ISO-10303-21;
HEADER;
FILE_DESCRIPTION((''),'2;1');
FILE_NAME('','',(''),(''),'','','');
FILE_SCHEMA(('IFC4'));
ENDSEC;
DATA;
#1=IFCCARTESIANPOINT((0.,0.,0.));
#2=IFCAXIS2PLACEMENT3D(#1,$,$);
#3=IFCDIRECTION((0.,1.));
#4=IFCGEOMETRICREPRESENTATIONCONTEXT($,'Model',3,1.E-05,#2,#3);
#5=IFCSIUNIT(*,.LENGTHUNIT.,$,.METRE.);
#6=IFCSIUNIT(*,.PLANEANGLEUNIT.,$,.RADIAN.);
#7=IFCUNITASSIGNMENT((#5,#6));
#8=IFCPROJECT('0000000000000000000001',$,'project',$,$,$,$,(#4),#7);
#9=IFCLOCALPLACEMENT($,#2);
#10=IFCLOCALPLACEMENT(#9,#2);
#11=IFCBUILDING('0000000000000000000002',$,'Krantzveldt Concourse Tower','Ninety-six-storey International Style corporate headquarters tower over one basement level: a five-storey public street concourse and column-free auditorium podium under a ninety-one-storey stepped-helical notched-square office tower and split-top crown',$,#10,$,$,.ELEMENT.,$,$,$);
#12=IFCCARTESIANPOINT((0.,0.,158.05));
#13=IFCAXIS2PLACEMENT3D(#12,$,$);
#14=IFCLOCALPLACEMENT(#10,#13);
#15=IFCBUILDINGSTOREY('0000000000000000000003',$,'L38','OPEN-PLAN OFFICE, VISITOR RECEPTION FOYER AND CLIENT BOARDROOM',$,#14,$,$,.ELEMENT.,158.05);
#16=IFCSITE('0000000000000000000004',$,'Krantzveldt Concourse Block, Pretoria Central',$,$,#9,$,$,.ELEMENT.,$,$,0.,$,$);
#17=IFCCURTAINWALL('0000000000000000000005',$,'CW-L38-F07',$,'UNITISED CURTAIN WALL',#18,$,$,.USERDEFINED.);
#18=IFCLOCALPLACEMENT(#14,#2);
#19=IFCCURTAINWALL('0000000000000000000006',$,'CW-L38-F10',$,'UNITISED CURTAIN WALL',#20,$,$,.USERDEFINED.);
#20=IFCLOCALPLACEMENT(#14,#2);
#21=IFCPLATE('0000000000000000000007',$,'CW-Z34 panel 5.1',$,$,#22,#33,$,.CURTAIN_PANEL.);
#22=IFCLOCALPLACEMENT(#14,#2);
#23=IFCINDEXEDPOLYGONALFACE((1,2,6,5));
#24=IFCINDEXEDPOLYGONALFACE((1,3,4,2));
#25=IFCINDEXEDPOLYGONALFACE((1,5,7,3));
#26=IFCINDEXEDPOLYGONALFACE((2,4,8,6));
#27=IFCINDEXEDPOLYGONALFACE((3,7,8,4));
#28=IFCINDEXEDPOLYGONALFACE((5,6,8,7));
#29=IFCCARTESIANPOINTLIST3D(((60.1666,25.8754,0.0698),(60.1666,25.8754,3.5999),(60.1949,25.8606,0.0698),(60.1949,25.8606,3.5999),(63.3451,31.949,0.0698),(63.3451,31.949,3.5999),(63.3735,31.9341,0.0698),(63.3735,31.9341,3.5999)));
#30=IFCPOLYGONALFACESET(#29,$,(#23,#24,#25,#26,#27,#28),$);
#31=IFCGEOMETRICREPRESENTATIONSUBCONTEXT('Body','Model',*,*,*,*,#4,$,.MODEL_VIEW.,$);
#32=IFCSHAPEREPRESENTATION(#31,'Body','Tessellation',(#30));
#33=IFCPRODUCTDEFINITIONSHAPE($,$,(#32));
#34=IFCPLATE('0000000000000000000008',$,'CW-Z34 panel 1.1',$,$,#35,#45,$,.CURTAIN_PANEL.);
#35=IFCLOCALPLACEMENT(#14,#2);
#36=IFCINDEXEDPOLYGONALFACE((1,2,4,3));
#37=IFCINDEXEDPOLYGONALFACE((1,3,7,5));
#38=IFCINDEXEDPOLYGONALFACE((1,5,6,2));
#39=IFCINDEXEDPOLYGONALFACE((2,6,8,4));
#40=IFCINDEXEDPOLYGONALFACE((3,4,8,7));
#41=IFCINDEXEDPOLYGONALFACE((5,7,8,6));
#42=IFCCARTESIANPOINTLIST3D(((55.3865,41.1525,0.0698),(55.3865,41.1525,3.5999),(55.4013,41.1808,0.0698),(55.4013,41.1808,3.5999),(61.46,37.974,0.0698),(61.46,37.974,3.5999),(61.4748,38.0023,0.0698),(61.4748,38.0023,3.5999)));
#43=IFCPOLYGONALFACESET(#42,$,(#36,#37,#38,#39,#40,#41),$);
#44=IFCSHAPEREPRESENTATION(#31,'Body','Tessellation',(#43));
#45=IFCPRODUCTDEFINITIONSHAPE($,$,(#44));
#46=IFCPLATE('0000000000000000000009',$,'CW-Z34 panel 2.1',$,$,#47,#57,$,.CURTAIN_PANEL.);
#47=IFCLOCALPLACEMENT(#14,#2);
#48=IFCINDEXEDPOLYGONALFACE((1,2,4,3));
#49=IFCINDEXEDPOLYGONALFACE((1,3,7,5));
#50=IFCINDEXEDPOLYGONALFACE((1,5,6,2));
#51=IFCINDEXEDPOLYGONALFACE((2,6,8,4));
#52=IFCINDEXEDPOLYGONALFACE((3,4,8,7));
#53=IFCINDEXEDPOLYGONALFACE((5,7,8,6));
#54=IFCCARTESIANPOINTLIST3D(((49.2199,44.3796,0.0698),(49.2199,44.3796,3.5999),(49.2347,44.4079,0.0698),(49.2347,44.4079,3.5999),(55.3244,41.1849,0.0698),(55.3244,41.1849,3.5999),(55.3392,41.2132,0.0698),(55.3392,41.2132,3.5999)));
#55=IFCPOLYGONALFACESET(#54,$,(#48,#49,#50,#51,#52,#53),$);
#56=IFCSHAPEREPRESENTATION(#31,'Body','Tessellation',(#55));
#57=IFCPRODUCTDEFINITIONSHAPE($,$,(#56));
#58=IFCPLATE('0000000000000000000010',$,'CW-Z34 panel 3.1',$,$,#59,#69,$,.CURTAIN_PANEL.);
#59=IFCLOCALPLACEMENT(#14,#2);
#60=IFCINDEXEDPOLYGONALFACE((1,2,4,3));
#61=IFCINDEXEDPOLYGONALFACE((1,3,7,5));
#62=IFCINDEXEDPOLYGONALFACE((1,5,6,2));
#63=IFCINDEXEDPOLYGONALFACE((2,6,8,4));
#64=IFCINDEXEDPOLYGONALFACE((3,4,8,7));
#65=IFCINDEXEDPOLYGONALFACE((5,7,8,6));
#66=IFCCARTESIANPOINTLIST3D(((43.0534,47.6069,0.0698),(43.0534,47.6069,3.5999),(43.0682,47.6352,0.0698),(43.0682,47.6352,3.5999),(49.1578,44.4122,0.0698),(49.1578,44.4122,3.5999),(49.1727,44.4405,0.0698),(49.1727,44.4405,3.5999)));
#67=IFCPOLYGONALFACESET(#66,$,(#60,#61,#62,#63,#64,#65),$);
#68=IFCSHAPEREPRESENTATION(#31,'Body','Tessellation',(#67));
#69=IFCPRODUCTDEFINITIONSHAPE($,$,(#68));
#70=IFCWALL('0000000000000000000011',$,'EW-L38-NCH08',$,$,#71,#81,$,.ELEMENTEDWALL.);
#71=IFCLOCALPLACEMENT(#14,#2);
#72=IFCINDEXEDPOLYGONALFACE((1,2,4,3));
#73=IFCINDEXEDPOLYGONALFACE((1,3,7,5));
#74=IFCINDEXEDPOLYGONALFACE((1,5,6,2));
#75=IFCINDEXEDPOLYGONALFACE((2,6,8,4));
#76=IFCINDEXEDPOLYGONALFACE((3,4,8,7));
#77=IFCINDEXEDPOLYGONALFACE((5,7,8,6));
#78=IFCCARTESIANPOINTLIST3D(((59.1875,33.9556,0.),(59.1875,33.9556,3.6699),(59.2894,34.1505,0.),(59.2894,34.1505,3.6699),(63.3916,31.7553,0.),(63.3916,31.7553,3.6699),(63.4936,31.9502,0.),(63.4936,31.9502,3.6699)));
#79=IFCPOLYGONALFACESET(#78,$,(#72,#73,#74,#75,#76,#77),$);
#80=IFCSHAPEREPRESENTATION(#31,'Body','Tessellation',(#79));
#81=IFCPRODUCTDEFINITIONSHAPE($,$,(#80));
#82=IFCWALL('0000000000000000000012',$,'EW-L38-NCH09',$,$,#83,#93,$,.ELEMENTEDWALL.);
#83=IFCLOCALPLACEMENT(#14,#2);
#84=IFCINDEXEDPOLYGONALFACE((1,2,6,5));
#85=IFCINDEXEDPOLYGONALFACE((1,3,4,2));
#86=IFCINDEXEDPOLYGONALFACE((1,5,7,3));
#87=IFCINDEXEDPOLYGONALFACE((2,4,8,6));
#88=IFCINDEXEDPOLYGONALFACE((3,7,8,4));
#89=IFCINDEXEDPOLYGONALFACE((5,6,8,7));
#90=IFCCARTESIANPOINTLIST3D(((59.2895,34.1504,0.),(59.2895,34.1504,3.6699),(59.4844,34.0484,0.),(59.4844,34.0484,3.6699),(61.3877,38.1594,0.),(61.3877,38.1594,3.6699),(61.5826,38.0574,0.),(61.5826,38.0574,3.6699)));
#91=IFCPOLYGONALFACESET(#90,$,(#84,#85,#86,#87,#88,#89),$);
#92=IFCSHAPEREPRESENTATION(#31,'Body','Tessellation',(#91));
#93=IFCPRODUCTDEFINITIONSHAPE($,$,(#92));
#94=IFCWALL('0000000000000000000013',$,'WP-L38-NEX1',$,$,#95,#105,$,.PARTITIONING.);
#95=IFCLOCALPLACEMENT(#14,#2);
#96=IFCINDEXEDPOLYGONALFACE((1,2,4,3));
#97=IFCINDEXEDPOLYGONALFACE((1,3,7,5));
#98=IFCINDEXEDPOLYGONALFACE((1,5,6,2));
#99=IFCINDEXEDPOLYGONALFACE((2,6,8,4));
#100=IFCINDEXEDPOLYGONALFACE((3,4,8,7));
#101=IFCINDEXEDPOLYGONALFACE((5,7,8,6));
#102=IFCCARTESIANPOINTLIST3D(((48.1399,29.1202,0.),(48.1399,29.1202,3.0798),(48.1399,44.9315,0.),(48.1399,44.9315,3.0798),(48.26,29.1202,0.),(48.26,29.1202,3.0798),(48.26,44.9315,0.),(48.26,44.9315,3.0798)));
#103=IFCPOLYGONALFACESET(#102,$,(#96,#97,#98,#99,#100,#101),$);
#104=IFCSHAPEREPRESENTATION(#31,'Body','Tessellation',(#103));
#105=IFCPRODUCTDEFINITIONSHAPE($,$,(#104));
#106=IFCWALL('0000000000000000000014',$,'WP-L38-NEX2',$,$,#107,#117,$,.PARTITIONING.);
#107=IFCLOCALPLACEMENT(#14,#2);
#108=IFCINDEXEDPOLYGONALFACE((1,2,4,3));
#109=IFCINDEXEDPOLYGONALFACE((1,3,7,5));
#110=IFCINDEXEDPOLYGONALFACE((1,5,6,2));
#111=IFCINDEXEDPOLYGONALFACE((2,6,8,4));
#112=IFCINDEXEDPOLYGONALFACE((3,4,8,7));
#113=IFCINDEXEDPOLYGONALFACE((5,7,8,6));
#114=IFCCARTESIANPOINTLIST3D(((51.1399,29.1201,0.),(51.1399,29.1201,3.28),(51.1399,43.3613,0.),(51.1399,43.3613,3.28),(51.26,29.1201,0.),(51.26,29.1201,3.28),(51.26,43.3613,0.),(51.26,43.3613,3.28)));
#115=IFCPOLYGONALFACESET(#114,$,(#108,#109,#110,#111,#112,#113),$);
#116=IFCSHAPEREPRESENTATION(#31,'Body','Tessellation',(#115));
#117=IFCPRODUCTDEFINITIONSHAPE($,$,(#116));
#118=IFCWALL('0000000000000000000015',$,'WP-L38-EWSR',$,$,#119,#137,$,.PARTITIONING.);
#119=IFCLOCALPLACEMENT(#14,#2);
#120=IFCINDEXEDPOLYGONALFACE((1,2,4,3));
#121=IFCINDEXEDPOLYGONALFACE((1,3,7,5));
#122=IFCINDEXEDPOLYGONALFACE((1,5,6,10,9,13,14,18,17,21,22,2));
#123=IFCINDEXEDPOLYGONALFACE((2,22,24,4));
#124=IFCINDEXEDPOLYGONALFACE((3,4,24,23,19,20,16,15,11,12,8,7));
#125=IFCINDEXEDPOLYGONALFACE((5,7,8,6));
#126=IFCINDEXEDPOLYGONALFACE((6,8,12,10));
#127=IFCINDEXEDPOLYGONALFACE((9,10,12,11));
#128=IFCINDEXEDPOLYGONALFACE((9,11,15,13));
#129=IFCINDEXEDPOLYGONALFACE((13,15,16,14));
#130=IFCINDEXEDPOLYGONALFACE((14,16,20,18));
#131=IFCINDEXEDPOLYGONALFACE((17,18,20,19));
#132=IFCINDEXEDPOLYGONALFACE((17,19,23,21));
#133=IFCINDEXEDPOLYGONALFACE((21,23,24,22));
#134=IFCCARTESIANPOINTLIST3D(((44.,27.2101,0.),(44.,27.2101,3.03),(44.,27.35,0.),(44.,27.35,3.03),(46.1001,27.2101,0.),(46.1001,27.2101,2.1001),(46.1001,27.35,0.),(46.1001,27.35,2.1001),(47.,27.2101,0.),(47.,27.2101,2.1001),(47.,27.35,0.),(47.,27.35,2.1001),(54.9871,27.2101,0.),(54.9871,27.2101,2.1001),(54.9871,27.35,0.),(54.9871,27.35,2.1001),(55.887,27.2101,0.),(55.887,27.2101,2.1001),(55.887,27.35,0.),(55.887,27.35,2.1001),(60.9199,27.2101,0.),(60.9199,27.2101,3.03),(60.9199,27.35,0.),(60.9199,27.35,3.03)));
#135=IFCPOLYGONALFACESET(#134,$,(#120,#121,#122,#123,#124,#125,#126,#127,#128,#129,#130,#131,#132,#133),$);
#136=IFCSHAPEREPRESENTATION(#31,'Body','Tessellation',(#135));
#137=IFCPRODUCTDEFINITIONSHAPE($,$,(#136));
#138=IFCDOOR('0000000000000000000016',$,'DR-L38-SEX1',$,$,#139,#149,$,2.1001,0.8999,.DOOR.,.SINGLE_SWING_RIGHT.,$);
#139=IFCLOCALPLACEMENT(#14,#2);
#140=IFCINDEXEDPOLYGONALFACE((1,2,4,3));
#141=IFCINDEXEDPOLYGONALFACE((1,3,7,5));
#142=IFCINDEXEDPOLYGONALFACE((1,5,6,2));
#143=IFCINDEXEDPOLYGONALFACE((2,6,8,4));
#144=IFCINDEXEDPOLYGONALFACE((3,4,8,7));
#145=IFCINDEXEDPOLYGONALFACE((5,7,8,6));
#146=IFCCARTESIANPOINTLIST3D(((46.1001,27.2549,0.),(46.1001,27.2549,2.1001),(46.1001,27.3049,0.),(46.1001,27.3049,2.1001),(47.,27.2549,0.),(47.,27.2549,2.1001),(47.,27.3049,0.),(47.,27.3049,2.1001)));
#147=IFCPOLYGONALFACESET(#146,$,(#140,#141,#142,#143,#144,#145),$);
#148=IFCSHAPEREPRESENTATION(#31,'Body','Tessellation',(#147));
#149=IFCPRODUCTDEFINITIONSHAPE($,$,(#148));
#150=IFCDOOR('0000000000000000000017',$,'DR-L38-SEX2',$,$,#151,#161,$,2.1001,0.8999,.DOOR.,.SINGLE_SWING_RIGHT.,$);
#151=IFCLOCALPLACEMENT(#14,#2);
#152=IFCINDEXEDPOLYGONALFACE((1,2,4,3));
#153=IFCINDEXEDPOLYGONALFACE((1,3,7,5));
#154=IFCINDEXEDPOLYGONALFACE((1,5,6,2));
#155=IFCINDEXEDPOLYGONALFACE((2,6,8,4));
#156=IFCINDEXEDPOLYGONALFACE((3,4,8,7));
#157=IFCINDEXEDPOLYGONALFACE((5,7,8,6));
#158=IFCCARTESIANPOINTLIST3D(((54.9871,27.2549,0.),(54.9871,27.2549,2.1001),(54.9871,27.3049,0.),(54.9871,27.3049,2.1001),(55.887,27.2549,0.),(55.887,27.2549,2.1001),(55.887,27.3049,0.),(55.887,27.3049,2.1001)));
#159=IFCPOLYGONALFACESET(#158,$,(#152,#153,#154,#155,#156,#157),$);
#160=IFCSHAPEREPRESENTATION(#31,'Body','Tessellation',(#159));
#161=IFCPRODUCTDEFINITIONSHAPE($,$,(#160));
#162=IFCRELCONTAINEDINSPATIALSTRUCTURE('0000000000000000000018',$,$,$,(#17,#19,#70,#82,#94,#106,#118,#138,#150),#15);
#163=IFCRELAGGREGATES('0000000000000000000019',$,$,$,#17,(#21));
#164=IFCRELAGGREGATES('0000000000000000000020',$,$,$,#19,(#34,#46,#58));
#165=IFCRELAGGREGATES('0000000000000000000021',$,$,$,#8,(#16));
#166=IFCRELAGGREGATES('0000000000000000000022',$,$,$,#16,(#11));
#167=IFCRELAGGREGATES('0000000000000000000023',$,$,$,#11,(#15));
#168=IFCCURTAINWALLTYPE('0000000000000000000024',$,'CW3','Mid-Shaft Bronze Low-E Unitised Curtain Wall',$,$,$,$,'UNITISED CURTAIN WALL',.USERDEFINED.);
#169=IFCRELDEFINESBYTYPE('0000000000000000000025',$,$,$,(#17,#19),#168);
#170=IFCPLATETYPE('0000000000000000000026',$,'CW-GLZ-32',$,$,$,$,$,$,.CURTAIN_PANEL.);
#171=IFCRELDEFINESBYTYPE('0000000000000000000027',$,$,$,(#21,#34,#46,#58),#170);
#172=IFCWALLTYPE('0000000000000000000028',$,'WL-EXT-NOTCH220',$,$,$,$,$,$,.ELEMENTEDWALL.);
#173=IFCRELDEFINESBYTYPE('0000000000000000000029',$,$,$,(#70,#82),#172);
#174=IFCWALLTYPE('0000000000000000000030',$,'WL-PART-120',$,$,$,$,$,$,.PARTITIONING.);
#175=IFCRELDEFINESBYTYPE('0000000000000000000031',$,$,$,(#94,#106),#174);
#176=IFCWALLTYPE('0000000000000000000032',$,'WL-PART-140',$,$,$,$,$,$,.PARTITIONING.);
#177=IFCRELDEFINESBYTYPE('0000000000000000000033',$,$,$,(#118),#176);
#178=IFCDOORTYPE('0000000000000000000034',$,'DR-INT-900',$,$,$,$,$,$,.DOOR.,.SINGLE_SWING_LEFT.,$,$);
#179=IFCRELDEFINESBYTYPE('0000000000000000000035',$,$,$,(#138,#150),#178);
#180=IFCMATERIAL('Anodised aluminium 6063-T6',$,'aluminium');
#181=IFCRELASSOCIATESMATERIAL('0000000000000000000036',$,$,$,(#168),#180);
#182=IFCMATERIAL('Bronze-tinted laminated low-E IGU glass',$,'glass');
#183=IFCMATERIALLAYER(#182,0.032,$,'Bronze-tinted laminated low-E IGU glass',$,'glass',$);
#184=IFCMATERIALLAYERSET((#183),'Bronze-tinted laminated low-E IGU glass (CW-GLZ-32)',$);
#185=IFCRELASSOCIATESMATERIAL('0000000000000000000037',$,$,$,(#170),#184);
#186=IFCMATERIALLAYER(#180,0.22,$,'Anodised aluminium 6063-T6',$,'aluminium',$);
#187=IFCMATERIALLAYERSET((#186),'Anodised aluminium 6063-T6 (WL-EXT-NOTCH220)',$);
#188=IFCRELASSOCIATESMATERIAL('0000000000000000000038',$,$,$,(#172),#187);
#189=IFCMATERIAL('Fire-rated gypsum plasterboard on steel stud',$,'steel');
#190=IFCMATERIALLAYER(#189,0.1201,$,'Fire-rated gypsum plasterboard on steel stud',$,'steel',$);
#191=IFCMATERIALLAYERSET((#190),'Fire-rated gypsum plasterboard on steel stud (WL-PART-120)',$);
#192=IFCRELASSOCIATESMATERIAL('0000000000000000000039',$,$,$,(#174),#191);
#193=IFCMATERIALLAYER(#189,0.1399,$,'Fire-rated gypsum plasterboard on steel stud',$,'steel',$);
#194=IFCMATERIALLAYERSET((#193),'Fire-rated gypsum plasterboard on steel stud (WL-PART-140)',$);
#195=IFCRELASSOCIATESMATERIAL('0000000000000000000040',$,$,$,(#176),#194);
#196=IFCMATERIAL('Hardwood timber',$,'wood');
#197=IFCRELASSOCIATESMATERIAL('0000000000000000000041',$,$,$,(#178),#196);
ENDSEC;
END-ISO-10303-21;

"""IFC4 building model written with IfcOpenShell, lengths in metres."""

from ifc_helpers import new_model, si_unit, direction, frame, frame_2d, origin, origin_2d, place, context, subcontext, project, spatial, rectangle, extrude, source, transform, mapped, material, layer, layer_set, type_object, type_shapes, element, fill, aggregate, save


model = new_model("IFC4")

# Units and contexts
model_context = context("Model", 3, precision=1e-05, world=origin(), true_north=direction((0.0, 1.0)))
body_context = subcontext(model_context, "Body", "Model", "MODEL_VIEW")
ifc_project = project(units=[si_unit("LENGTHUNIT", "METRE"), si_unit("PLANEANGLEUNIT", "RADIAN")], contexts=[model_context])

# Site, building, storey
site_placement = place(None, origin())
site = spatial("IfcSite", under=ifc_project, at=site_placement, Name="Krantzveldt Concourse Block, Pretoria Central", CompositionType="ELEMENT", RefElevation=0.0)
building_placement = place(site_placement, origin())
building = spatial("IfcBuilding", under=site, at=building_placement, Name="Krantzveldt Concourse Tower", Description="Ninety-six-storey International Style corporate headquarters tower over one basement level: a five-storey public street concourse and column-free auditorium podium under a ninety-one-storey stepped-helical notched-square office tower and split-top crown", CompositionType="ELEMENT")
storey_placement = place(building_placement, frame((0.0, 0.0, 158.05)))
storey = spatial("IfcBuildingStorey", under=building, at=storey_placement, Name="L38", Description="OPEN-PLAN OFFICE, VISITOR RECEPTION FOYER AND CLIENT BOARDROOM", CompositionType="ELEMENT", Elevation=158.05)

# Curtain wall
ifc_material_1 = material(Name="Anodised aluminium 6063-T6", Category="aluminium")
curtain_wall_type = type_object("IfcCurtainWallType", Name="CW3", Description="Mid-Shaft Bronze Low-E Unitised Curtain Wall", ElementType="UNITISED CURTAIN WALL", PredefinedType="USERDEFINED", material=ifc_material_1)
curtain_wall_1_placement = place(storey_placement, origin())
curtain_wall_1 = element("IfcCurtainWall", 1, at=curtain_wall_1_placement, inside=storey, type_object=curtain_wall_type, Name="CW-L38-F07", ObjectType="UNITISED CURTAIN WALL", PredefinedType="USERDEFINED")

# Curtain wall
curtain_wall_2_placement = place(storey_placement, origin())
curtain_wall_2 = element("IfcCurtainWall", 2, at=curtain_wall_2_placement, inside=storey, type_object=curtain_wall_type, Name="CW-L38-F10", ObjectType="UNITISED CURTAIN WALL", PredefinedType="USERDEFINED")

# Plates
ifc_material_2 = material(Name="Bronze-tinted laminated low-E IGU glass", Category="glass")
ifc_layer_1 = layer(ifc_material_2, 0.032, Name="Bronze-tinted laminated low-E IGU glass", Category="glass")
ifc_layer_set_1 = layer_set([ifc_layer_1], Name="Bronze-tinted laminated low-E IGU glass (CW-GLZ-32)")
plate_type = type_object("IfcPlateType", Name="CW-GLZ-32", PredefinedType="CURTAIN_PANEL", material=ifc_layer_set_1)
shared_shape_1 = source(origin(), body_context, "Body", "SweptSolid", [
    extrude(rectangle(XDim=6.855, YDim=0.032, at=origin_2d()), origin(), (0.0, 0.0, 1.0), 3.53),
])
plate_1_placement = place(storey_placement, frame((61.77, 28.9048, 0.0698), z_axis=(0.0, 0.0, 1.0), x_axis=(0.463683, 0.886001, 0.0)))
plate_1 = element("IfcPlate", 3, at=plate_1_placement, type_object=plate_type, Name="CW-Z34 panel 5.1", PredefinedType="CURTAIN_PANEL", context=body_context, shape_type="MappedRepresentation", body=[
    mapped(shared_shape_1, transform((0.0, 0.0, 0.0), x_axis=(1.0, 0.0, 0.0), y_axis=(0.0, 1.0, 0.0), z_axis=(0.0, 0.0, 1.0), scale=1.0)),
])
aggregate(curtain_wall_1, [plate_1])
plate_2_placement = place(storey_placement, frame((58.4307, 39.5774, 0.0698), z_axis=(0.0, 0.0, 1.0), x_axis=(-0.886001, 0.463683, 0.0)))
plate_2 = element("IfcPlate", 4, at=plate_2_placement, type_object=plate_type, Name="CW-Z34 panel 1.1", PredefinedType="CURTAIN_PANEL", context=body_context, shape_type="MappedRepresentation", body=[
    mapped(shared_shape_1, transform((0.0, 0.0, 0.0), x_axis=(1.0, 0.0, 0.0), y_axis=(0.0, 1.0, 0.0), z_axis=(0.0, 0.0, 1.0), scale=1.0)),
])
shared_shape_2 = source(origin(), body_context, "Body", "SweptSolid", [
    extrude(rectangle(XDim=6.8899, YDim=0.032, at=origin_2d()), origin(), (0.0, 0.0, 1.0), 3.53),
])
type_shapes(plate_type, [shared_shape_1, shared_shape_2])
plate_3_placement = place(storey_placement, frame((52.2795, 42.7964, 0.0698), z_axis=(0.0, 0.0, 1.0), x_axis=(-0.886001, 0.463683, 0.0)))
plate_3 = element("IfcPlate", 5, at=plate_3_placement, type_object=plate_type, Name="CW-Z34 panel 2.1", PredefinedType="CURTAIN_PANEL", context=body_context, shape_type="MappedRepresentation", body=[
    mapped(shared_shape_2, transform((0.0, 0.0, 0.0), x_axis=(1.0, 0.0, 0.0), y_axis=(0.0, 1.0, 0.0), z_axis=(0.0, 0.0, 1.0), scale=1.0)),
])
plate_4_placement = place(storey_placement, frame((46.113, 46.0237, 0.0698), z_axis=(0.0, 0.0, 1.0), x_axis=(-0.886001, 0.463683, 0.0)))
plate_4 = element("IfcPlate", 6, at=plate_4_placement, type_object=plate_type, Name="CW-Z34 panel 3.1", PredefinedType="CURTAIN_PANEL", context=body_context, shape_type="MappedRepresentation", body=[
    mapped(shared_shape_2, transform((0.0, 0.0, 0.0), x_axis=(1.0, 0.0, 0.0), y_axis=(0.0, 1.0, 0.0), z_axis=(0.0, 0.0, 1.0), scale=1.0)),
])
aggregate(curtain_wall_2, [plate_2, plate_3, plate_4])

# Walls
ifc_layer_2 = layer(ifc_material_1, 0.22, Name="Anodised aluminium 6063-T6", Category="aluminium")
ifc_layer_set_2 = layer_set([ifc_layer_2], Name="Anodised aluminium 6063-T6 (WL-EXT-NOTCH220)")
wall_type_1 = type_object("IfcWallType", Name="WL-EXT-NOTCH220", PredefinedType="ELEMENTEDWALL", material=ifc_layer_set_2)
wall_1_placement = place(storey_placement, frame((63.4426, 31.8528, 0.0), z_axis=(0.0, 0.0, 1.0), x_axis=(-0.886001, 0.463684, 0.0)))
element("IfcWall", 7, at=wall_1_placement, inside=storey, type_object=wall_type_1, Name="EW-L38-NCH08", PredefinedType="ELEMENTEDWALL", context=body_context, shape_type="SweptSolid", body=[
    extrude(rectangle(XDim=4.7451, YDim=0.22, at=frame_2d((2.3726, 0.0))), origin(), (0.0, 0.0, 1.0), 3.6699),
])
wall_2_placement = place(storey_placement, frame((59.387, 34.0994, 0.0), z_axis=(0.0, 0.0, 1.0), x_axis=(0.46369, 0.885997, 0.0)))
element("IfcWall", 8, at=wall_2_placement, inside=storey, type_object=wall_type_1, Name="EW-L38-NCH09", PredefinedType="ELEMENTEDWALL", context=body_context, shape_type="SweptSolid", body=[
    extrude(rectangle(XDim=4.5249, YDim=0.22, at=frame_2d((2.2625, 0.0))), origin(), (0.0, 0.0, 1.0), 3.6699),
])
ifc_material_3 = material(Name="Fire-rated gypsum plasterboard on steel stud", Category="steel")
ifc_layer_3 = layer(ifc_material_3, 0.1201, Name="Fire-rated gypsum plasterboard on steel stud", Category="steel")
ifc_layer_set_3 = layer_set([ifc_layer_3], Name="Fire-rated gypsum plasterboard on steel stud (WL-PART-120)")
wall_type_2 = type_object("IfcWallType", Name="WL-PART-120", PredefinedType="PARTITIONING", material=ifc_layer_set_3)
wall_3_placement = place(storey_placement, frame((48.2, 29.1201, 0.0), z_axis=(0.0, 0.0, 1.0), x_axis=(0.0, 1.0, 0.0)))
element("IfcWall", 9, at=wall_3_placement, inside=storey, type_object=wall_type_2, Name="WP-L38-NEX1", PredefinedType="PARTITIONING", context=body_context, shape_type="SweptSolid", body=[
    extrude(rectangle(XDim=15.8113, YDim=0.1201, at=frame_2d((7.9058, 0.0))), origin(), (0.0, 0.0, 1.0), 3.0798),
])
wall_4_placement = place(storey_placement, frame((51.2, 29.1201, 0.0), z_axis=(0.0, 0.0, 1.0), x_axis=(0.0, 1.0, 0.0)))
element("IfcWall", 10, at=wall_4_placement, inside=storey, type_object=wall_type_2, Name="WP-L38-NEX2", PredefinedType="PARTITIONING", context=body_context, shape_type="SweptSolid", body=[
    extrude(rectangle(XDim=14.2412, YDim=0.1201, at=frame_2d((7.1206, 0.0))), origin(), (0.0, 0.0, 1.0), 3.28),
])

# Wall, openings, doors
ifc_layer_4 = layer(ifc_material_3, 0.1399, Name="Fire-rated gypsum plasterboard on steel stud", Category="steel")
ifc_layer_set_4 = layer_set([ifc_layer_4], Name="Fire-rated gypsum plasterboard on steel stud (WL-PART-140)")
wall_type_3 = type_object("IfcWallType", Name="WL-PART-140", PredefinedType="PARTITIONING", material=ifc_layer_set_4)
wall_5_placement = place(storey_placement, frame((44.0, 27.28, 0.0), z_axis=(0.0, 0.0, 1.0), x_axis=(1.0, 0.0, 0.0)))
wall_5 = element("IfcWall", 11, at=wall_5_placement, inside=storey, type_object=wall_type_3, Name="WP-L38-EWSR", PredefinedType="PARTITIONING", context=body_context, shape_type="SweptSolid", body=[
    extrude(rectangle(XDim=16.9199, YDim=0.1399, at=frame_2d((8.46, 0.0))), origin(), (0.0, 0.0, 1.0), 3.03),
])
opening_1_placement = place(wall_5_placement, frame((2.1001, 0.0, 0.0)))
opening_1 = element("IfcOpeningElement", 12, at=opening_1_placement, cuts=wall_5, PredefinedType="OPENING", context=body_context, shape_type="SweptSolid", body=[
    extrude(rectangle(XDim=0.8999, YDim=2.1001, at=frame_2d((0.45, 1.05))), frame((0.0, 0.0801, 0.0), z_axis=(0.0, -1.0, 0.0), x_axis=(1.0, 0.0, 0.0)), (0.0, 0.0, 1.0), 0.1599),
])
opening_2_placement = place(wall_5_placement, frame((10.9871, 0.0, 0.0)))
opening_2 = element("IfcOpeningElement", 13, at=opening_2_placement, cuts=wall_5, PredefinedType="OPENING", context=body_context, shape_type="SweptSolid", body=[
    extrude(rectangle(XDim=0.8999, YDim=2.1001, at=frame_2d((0.45, 1.05))), frame((0.0, 0.0801, 0.0), z_axis=(0.0, -1.0, 0.0), x_axis=(1.0, 0.0, 0.0)), (0.0, 0.0, 1.0), 0.1599),
])
ifc_material_4 = material(Name="Hardwood timber", Category="wood")
door_type = type_object("IfcDoorType", Name="DR-INT-900", OperationType="SINGLE_SWING_LEFT", PredefinedType="DOOR", material=ifc_material_4)
door_1_placement = place(opening_1_placement, origin())
door_1 = element("IfcDoor", 14, at=door_1_placement, inside=storey, type_object=door_type, Name="DR-L38-SEX1", OperationType="SINGLE_SWING_RIGHT", OverallHeight=2.1001, OverallWidth=0.8999, PredefinedType="DOOR", context=body_context, shape_type="SweptSolid", body=[
    extrude(rectangle(XDim=0.8999, YDim=2.1001, at=frame_2d((0.45, 1.05))), frame((0.0, 0.0249, 0.0), z_axis=(0.0, -1.0, 0.0), x_axis=(1.0, 0.0, 0.0)), (0.0, 0.0, 1.0), 0.05),
])
fill(opening_1, door_1)
door_2_placement = place(opening_2_placement, origin())
door_2 = element("IfcDoor", 15, at=door_2_placement, inside=storey, type_object=door_type, Name="DR-L38-SEX2", OperationType="SINGLE_SWING_RIGHT", OverallHeight=2.1001, OverallWidth=0.8999, PredefinedType="DOOR", context=body_context, shape_type="SweptSolid", body=[
    extrude(rectangle(XDim=0.8999, YDim=2.1001, at=frame_2d((0.45, 1.05))), frame((0.0, 0.0249, 0.0), z_axis=(0.0, -1.0, 0.0), x_axis=(1.0, 0.0, 0.0)), (0.0, 0.0, 1.0), 0.05),
])
fill(opening_2, door_2)

save(model, "model.ifc")
